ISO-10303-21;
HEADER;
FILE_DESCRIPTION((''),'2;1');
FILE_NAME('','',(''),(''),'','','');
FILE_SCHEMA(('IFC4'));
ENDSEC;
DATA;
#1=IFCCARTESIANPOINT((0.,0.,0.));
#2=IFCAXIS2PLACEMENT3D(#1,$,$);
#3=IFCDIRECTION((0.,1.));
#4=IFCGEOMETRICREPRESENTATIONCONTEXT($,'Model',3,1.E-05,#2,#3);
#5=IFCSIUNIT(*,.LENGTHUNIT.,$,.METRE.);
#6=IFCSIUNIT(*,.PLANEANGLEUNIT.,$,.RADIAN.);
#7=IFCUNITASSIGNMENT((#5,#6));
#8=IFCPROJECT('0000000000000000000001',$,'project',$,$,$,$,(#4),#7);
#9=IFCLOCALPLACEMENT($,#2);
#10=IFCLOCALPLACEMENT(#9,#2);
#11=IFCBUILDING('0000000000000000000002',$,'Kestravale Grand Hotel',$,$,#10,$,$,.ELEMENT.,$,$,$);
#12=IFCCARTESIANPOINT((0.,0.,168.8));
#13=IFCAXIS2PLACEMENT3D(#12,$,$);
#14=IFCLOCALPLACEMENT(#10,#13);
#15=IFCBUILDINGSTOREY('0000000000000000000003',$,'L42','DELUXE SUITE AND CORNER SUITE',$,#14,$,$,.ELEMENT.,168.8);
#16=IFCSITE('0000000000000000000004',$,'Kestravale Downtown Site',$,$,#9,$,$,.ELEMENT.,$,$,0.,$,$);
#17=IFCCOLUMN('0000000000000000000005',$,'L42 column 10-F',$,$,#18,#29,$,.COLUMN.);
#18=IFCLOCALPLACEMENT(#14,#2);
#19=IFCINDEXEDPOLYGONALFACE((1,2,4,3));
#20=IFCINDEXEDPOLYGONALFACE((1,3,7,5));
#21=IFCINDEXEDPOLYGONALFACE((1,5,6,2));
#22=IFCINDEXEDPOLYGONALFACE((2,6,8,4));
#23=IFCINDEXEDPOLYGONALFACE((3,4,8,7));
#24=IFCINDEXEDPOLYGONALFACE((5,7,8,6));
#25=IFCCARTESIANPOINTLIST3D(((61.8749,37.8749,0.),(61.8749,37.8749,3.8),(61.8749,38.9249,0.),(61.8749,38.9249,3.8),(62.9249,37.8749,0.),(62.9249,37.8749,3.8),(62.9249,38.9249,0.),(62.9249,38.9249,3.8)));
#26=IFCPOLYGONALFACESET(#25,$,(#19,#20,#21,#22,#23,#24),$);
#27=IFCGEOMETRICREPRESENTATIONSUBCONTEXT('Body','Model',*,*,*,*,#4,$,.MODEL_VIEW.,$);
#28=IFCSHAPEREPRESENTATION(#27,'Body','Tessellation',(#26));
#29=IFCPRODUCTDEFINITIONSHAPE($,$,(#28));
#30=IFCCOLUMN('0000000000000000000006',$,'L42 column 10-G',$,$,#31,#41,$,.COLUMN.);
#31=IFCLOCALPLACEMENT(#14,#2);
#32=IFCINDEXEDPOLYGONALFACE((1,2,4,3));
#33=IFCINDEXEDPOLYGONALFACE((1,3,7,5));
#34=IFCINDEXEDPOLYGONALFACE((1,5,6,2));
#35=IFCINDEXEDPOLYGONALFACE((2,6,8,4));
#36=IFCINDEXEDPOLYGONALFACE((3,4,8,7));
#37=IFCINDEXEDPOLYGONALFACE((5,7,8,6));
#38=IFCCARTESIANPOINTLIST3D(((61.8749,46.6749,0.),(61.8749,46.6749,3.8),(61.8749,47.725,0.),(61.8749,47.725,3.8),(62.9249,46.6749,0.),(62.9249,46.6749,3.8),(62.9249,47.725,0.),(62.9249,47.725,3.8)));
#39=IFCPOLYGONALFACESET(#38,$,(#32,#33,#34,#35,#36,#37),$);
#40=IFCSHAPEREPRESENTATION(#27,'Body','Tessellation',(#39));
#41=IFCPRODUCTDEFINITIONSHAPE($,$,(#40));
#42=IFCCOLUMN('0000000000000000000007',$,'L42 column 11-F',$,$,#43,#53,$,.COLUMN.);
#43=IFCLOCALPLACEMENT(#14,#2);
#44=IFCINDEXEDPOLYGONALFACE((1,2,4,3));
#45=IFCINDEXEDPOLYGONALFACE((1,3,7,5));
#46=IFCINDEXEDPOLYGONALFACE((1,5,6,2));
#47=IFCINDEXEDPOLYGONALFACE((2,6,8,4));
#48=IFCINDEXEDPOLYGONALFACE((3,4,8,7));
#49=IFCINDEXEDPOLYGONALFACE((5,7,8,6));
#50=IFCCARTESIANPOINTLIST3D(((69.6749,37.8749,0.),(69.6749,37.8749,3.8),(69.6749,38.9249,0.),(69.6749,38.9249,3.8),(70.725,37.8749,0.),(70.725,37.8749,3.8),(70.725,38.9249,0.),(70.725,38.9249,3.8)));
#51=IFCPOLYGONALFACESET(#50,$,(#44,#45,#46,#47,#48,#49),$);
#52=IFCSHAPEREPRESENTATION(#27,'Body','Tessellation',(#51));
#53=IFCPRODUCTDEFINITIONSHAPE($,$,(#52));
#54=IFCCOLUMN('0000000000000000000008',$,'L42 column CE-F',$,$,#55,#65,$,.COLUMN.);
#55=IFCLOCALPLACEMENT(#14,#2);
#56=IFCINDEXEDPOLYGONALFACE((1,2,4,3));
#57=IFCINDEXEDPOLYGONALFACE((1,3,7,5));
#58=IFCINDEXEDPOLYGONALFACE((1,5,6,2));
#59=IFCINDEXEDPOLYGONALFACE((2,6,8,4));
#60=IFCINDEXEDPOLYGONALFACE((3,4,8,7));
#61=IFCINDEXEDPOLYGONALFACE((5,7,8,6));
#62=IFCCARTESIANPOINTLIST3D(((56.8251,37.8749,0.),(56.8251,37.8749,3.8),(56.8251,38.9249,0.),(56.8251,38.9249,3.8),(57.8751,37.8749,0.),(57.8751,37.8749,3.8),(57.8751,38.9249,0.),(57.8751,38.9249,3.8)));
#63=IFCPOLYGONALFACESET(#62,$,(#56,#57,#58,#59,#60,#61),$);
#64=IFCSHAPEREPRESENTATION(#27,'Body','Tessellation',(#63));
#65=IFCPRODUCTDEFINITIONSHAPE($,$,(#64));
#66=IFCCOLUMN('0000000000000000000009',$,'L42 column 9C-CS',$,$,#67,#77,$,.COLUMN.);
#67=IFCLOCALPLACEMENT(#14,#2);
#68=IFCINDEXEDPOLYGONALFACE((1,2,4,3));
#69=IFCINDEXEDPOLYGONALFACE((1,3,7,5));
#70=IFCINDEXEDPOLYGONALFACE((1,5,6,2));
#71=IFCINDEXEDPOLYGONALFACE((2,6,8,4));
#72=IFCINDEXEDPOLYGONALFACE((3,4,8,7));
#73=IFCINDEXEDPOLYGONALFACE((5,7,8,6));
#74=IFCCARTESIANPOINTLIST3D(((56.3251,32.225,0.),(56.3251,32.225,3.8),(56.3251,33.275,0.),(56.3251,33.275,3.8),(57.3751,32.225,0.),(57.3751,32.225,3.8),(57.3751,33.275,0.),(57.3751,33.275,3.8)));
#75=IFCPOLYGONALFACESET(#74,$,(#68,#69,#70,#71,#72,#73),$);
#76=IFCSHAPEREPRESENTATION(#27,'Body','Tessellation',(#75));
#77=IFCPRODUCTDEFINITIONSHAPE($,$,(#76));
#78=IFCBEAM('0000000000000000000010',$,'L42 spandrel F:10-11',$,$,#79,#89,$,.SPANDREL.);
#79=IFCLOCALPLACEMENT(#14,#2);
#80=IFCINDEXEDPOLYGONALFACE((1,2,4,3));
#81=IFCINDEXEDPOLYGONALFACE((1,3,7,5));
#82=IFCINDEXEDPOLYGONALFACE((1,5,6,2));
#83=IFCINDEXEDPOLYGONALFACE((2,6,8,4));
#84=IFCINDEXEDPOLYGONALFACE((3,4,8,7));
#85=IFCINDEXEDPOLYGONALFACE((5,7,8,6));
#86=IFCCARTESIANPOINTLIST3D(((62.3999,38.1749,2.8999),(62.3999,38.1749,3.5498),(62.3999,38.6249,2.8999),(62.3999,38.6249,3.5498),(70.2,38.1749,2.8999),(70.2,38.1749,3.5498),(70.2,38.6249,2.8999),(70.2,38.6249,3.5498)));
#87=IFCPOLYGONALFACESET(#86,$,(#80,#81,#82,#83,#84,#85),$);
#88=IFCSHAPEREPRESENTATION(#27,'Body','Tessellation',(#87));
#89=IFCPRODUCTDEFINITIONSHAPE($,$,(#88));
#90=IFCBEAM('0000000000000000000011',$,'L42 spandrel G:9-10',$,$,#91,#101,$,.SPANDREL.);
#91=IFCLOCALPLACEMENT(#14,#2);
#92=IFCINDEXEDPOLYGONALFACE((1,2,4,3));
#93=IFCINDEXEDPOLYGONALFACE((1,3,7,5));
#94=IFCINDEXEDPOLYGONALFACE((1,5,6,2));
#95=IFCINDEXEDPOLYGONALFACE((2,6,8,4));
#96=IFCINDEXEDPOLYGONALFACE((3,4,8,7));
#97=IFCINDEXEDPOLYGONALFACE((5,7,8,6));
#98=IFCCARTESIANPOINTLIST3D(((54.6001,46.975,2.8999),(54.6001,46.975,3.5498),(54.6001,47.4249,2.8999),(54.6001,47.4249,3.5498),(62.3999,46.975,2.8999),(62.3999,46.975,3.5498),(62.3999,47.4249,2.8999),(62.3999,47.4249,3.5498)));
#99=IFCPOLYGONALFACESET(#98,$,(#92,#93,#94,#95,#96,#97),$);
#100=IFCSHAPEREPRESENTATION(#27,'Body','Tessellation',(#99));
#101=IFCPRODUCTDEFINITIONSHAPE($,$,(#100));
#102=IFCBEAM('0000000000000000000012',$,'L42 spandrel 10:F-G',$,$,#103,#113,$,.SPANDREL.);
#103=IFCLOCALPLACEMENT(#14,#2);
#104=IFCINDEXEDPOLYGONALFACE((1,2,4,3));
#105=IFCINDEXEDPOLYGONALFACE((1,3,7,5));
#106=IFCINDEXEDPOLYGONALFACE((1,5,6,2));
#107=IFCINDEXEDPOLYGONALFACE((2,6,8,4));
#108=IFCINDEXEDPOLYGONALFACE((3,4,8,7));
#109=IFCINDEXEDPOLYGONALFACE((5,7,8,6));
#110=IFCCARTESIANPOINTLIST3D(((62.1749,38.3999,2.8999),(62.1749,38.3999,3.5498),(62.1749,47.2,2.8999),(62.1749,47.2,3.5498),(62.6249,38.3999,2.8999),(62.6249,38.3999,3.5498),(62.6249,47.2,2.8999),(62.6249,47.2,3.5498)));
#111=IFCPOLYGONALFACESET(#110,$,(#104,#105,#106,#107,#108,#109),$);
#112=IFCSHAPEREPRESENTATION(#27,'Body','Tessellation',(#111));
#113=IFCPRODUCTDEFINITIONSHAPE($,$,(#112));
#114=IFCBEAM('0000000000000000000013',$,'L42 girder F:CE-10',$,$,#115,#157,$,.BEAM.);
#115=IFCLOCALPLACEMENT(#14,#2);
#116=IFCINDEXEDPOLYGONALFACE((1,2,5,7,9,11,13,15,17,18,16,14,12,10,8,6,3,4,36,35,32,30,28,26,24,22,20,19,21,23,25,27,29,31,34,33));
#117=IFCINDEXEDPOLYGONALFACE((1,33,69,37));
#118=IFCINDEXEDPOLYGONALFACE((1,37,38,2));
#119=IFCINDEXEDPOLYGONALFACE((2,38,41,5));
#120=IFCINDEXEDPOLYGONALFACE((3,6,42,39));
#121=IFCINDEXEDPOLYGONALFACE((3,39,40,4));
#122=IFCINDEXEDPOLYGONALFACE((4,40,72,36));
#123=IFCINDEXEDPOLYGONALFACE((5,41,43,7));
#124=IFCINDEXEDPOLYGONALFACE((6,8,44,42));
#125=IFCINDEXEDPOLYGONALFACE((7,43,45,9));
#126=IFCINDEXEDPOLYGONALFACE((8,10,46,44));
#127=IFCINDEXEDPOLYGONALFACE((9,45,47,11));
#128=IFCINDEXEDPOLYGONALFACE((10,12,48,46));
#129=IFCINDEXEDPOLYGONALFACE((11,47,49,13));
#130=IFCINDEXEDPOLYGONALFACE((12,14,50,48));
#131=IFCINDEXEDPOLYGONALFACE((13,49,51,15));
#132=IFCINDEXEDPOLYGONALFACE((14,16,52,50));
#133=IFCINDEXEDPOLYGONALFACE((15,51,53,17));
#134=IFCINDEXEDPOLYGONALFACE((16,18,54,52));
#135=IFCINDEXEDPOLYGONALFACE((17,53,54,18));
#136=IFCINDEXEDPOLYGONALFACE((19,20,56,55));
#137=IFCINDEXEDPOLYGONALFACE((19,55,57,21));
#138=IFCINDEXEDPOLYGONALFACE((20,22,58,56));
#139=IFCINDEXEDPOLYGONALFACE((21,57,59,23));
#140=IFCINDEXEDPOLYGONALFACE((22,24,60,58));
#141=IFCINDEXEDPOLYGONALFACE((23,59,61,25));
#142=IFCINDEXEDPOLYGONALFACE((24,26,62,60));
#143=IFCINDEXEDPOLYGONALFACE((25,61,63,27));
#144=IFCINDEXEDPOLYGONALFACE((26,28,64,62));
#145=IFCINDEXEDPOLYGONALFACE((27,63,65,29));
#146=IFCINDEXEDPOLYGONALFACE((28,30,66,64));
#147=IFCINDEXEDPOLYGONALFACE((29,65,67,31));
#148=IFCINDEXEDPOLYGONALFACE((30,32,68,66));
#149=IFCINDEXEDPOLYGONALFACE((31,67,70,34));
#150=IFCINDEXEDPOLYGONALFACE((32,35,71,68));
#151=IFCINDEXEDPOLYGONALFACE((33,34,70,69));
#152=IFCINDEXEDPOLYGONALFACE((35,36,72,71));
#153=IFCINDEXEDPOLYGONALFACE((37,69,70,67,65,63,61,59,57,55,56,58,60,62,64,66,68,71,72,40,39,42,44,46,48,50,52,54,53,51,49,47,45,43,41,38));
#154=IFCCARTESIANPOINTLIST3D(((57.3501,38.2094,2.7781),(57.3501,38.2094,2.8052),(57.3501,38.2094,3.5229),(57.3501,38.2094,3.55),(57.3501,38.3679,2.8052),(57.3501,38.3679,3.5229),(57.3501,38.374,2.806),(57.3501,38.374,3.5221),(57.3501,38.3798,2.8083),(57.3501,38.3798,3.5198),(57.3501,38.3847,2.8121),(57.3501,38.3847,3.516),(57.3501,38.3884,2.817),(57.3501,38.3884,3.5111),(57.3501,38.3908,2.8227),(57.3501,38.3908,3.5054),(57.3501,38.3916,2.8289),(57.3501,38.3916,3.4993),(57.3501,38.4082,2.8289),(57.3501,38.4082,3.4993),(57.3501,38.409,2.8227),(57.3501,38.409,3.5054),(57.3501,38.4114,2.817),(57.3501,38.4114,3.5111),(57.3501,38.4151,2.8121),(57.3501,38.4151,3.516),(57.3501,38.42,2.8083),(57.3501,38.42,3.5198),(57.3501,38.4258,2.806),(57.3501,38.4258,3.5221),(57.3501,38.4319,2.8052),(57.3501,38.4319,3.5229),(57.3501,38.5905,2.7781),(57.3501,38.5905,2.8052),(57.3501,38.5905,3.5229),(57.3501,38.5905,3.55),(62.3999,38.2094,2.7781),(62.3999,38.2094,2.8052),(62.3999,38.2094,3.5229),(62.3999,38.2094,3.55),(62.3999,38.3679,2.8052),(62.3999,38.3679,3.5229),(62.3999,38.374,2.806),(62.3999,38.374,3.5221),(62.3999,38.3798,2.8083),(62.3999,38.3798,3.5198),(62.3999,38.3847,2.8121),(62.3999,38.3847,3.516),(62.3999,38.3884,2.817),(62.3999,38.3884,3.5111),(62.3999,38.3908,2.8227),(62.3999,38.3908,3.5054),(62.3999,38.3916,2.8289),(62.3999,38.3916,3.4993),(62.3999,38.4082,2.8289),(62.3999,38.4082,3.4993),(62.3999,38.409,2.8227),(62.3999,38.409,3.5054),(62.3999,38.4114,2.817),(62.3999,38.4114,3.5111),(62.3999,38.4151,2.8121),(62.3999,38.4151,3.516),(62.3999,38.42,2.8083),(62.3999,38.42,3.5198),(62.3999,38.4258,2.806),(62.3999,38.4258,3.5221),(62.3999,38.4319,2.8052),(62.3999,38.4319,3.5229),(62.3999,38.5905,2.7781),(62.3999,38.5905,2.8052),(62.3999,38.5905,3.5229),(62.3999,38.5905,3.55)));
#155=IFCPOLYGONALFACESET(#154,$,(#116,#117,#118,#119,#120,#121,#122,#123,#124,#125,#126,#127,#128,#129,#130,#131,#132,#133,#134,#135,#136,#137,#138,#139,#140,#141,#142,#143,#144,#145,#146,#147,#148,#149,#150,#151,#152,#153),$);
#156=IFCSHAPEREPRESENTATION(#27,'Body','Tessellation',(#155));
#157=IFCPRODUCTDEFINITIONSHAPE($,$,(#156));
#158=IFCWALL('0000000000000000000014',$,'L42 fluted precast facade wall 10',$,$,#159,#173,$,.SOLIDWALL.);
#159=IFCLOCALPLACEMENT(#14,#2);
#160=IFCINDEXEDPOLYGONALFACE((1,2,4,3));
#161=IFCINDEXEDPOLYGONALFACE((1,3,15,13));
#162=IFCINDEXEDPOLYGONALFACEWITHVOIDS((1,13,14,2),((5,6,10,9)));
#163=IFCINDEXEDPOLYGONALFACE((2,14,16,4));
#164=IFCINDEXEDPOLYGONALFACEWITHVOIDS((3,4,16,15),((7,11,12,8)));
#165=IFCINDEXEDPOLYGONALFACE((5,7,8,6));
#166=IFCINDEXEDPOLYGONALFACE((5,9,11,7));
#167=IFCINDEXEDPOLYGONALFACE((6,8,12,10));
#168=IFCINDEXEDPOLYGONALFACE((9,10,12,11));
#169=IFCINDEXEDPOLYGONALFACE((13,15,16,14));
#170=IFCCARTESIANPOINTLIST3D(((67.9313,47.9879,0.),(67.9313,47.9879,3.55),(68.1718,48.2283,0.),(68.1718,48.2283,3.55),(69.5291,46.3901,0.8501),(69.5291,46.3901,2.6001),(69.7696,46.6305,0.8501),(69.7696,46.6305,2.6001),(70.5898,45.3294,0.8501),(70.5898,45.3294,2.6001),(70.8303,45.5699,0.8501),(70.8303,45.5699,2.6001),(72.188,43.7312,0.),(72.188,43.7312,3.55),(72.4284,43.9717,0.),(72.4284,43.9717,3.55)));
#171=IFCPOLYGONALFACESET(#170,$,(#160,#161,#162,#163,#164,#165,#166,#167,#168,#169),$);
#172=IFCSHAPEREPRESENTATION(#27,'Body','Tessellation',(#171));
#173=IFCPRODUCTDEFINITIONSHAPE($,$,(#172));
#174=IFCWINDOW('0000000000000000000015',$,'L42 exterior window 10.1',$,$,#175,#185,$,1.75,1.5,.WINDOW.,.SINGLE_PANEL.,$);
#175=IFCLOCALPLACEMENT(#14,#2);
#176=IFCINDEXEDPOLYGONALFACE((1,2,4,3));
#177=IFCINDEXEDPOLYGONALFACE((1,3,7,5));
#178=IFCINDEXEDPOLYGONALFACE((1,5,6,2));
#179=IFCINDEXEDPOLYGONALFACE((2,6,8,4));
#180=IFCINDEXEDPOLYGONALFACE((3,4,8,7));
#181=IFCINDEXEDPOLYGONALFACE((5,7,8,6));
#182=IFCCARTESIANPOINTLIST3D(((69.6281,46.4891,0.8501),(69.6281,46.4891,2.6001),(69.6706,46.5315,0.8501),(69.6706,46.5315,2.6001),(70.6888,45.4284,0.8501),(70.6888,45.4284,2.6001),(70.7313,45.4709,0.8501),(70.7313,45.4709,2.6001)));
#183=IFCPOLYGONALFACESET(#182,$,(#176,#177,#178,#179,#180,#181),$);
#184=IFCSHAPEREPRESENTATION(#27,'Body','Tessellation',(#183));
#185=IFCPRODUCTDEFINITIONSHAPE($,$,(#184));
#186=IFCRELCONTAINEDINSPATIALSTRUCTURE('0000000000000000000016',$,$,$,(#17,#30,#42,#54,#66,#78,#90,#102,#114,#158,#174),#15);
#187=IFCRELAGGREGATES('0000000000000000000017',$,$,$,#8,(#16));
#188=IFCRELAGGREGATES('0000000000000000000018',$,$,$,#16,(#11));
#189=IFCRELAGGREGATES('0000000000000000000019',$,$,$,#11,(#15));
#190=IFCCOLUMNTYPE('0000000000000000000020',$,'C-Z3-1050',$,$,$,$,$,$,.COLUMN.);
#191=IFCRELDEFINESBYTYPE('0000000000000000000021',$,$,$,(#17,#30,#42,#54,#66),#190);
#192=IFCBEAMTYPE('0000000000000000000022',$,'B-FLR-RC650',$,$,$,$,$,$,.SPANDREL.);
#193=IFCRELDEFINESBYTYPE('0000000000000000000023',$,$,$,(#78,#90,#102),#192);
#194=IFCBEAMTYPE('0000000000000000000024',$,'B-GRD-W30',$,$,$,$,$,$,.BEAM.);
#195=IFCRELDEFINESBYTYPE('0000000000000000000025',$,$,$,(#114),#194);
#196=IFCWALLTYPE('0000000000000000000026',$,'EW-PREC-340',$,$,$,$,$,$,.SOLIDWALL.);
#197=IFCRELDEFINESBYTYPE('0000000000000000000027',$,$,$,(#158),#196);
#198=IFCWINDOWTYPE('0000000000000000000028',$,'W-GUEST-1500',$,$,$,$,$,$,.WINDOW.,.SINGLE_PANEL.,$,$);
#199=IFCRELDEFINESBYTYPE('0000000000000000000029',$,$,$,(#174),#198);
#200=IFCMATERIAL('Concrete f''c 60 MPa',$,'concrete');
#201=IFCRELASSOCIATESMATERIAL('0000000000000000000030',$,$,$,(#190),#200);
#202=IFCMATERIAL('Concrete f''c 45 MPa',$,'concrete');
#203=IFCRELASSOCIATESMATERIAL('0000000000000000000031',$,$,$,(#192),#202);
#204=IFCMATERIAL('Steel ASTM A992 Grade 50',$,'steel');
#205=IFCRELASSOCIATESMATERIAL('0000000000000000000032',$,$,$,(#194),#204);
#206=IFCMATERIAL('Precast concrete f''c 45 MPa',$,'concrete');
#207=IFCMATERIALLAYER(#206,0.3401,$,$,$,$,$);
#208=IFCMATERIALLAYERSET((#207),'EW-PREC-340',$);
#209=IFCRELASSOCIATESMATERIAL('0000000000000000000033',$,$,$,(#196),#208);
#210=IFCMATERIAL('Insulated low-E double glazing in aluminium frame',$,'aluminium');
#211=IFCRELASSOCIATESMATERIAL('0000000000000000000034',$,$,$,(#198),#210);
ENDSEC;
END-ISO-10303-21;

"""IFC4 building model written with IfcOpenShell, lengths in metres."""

from ifc_helpers import new_model, si_unit, direction, frame, frame_2d, origin, origin_2d, place, context, subcontext, project, spatial, rectangle, i_section, extrude, material, layer, layer_set, material_profile, profile_set, type_object, element, fill, save


model = new_model("IFC4")

# Units and contexts
model_context = context("Model", 3, precision=1e-05, world=origin(), true_north=direction((0.0, 1.0)))
body_context = subcontext(model_context, "Body", "Model", "MODEL_VIEW")
ifc_project = project(units=[si_unit("LENGTHUNIT", "METRE"), si_unit("PLANEANGLEUNIT", "RADIAN")], contexts=[model_context])

# Site, building, storey
site_placement = place(None, origin())
site = spatial("IfcSite", under=ifc_project, at=site_placement, Name="Kestravale Downtown Site", CompositionType="ELEMENT", RefElevation=0.0)
building_placement = place(site_placement, origin())
building = spatial("IfcBuilding", under=site, at=building_placement, Name="Kestravale Grand Hotel", CompositionType="ELEMENT")
storey_placement = place(building_placement, frame((0.0, 0.0, 168.8)))
storey = spatial("IfcBuildingStorey", under=building, at=storey_placement, Name="L42", Description="DELUXE SUITE AND CORNER SUITE", CompositionType="ELEMENT", Elevation=168.8)

# Columns
ifc_material_1 = material(Name="Concrete f'c 60 MPa", Category="concrete")
ifc_material_profile_1 = material_profile(ifc_material_1, rectangle(XDim=1.05, YDim=1.05, at=origin_2d()))
ifc_profile_set_1 = profile_set([ifc_material_profile_1], Name="Concrete f'c 60 MPa")
column_type = type_object("IfcColumnType", Name="C-Z3-1050", PredefinedType="COLUMN", material=ifc_profile_set_1)
for number, where, z_axis, x_axis, name in (
    (1, (62.3999, 38.3999, 0.0), (0.0, 0.0, 1.0), (1.0, 0.0, 0.0), "L42 column 10-F"),
    (2, (62.3999, 47.2, 0.0), (0.0, 0.0, 1.0), (1.0, 0.0, 0.0), "L42 column 10-G"),
    (3, (70.2, 38.3999, 0.0), (0.0, 0.0, 1.0), (1.0, 0.0, 0.0), "L42 column 11-F"),
    (4, (57.3501, 38.3999, 0.0), (0.0, 0.0, 1.0), (1.0, 0.0, 0.0), "L42 column CE-F"),
    (5, (56.8501, 32.75, 0.0), (0.0, 0.0, 1.0), (1.0, 0.0, 0.0), "L42 column 9C-CS"),
):
    element("IfcColumn", number, at=place(storey_placement, frame(where, z_axis=z_axis, x_axis=x_axis)), inside=storey, type_object=column_type, Name=name, PredefinedType="COLUMN", context=body_context, shape_type="SweptSolid", body=[
        extrude(rectangle(XDim=1.05, YDim=1.05, at=origin_2d()), origin(), (0.0, 0.0, 1.0), 3.8),
    ])

# Beams
ifc_material_2 = material(Name="Concrete f'c 45 MPa", Category="concrete")
ifc_material_profile_2 = material_profile(ifc_material_2, rectangle(XDim=0.45, YDim=0.6499, at=origin_2d()))
ifc_profile_set_2 = profile_set([ifc_material_profile_2], Name="Concrete f'c 45 MPa")
beam_type_1 = type_object("IfcBeamType", Name="B-FLR-RC650", PredefinedType="SPANDREL", material=ifc_profile_set_2)
beam_1_placement = place(storey_placement, frame((62.3999, 38.3999, 3.2249), z_axis=(1.0, 0.0, 0.0), x_axis=(0.0, 1.0, 0.0)))
element("IfcBeam", 6, at=beam_1_placement, inside=storey, type_object=beam_type_1, Name="L42 spandrel F:10-11", PredefinedType="SPANDREL", context=body_context, shape_type="SweptSolid", body=[
    extrude(rectangle(XDim=0.45, YDim=0.6499, at=origin_2d()), origin(), (0.0, 0.0, 1.0), 7.8),
])
beam_2_placement = place(storey_placement, frame((54.6001, 47.2, 3.2249), z_axis=(1.0, 0.0, 0.0), x_axis=(0.0, 1.0, 0.0)))
element("IfcBeam", 7, at=beam_2_placement, inside=storey, type_object=beam_type_1, Name="L42 spandrel G:9-10", PredefinedType="SPANDREL", context=body_context, shape_type="SweptSolid", body=[
    extrude(rectangle(XDim=0.45, YDim=0.6499, at=origin_2d()), origin(), (0.0, 0.0, 1.0), 7.7998),
])
beam_3_placement = place(storey_placement, frame((62.3999, 38.3999, 3.2249), z_axis=(0.0, 1.0, 0.0), x_axis=(-1.0, 0.0, 0.0)))
element("IfcBeam", 8, at=beam_3_placement, inside=storey, type_object=beam_type_1, Name="L42 spandrel 10:F-G", PredefinedType="SPANDREL", context=body_context, shape_type="SweptSolid", body=[
    extrude(rectangle(XDim=0.45, YDim=0.6499, at=origin_2d()), origin(), (0.0, 0.0, 1.0), 8.8),
])
ifc_material_3 = material(Name="Steel ASTM A992 Grade 50", Category="steel")
ifc_material_profile_3 = material_profile(ifc_material_3, i_section(OverallWidth=0.3811, OverallDepth=0.772, WebThickness=0.0166, FlangeThickness=0.0271, FilletRadius=0.0237, at=origin_2d()))
ifc_profile_set_3 = profile_set([ifc_material_profile_3], Name="Steel ASTM A992 Grade 50")
beam_type_2 = type_object("IfcBeamType", Name="B-GRD-W30", PredefinedType="BEAM", material=ifc_profile_set_3)
beam_4_placement = place(storey_placement, frame((57.3501, 38.3999, 3.1641), z_axis=(1.0, 0.0, 0.0), x_axis=(0.0, 1.0, 0.0)))
element("IfcBeam", 9, at=beam_4_placement, inside=storey, type_object=beam_type_2, Name="L42 girder F:CE-10", PredefinedType="BEAM", context=body_context, shape_type="SweptSolid", body=[
    extrude(i_section(OverallWidth=0.3811, OverallDepth=0.772, WebThickness=0.0166, FlangeThickness=0.0271, FilletRadius=0.0237, at=origin_2d()), origin(), (0.0, 0.0, 1.0), 5.0498),
])

# Wall, opening, window
ifc_material_4 = material(Name="Precast concrete f'c 45 MPa", Category="concrete")
ifc_layer_1 = layer(ifc_material_4, 0.3401)
ifc_layer_set_1 = layer_set([ifc_layer_1], Name="EW-PREC-340")
wall_type_1 = type_object("IfcWallType", Name="EW-PREC-340", PredefinedType="SOLIDWALL", material=ifc_layer_set_1)
wall_1_placement = place(storey_placement, frame((72.3081, 43.8516, 0.0), z_axis=(0.0, 0.0, 1.0), x_axis=(-0.707107, 0.707107, 0.0)))
wall_1 = element("IfcWall", 10, at=wall_1_placement, inside=storey, type_object=wall_type_1, Name="L42 fluted precast facade wall 10", PredefinedType="SOLIDWALL", context=body_context, shape_type="SweptSolid", body=[
    extrude(rectangle(XDim=6.0198, YDim=0.3401, at=frame_2d((3.0098, 0.0))), origin(), (0.0, 0.0, 1.0), 3.55),
])
opening_1_placement = place(wall_1_placement, frame((2.26, 0.0, 0.8501)))
opening_1 = element("IfcOpeningElement", 11, at=opening_1_placement, cuts=wall_1, PredefinedType="OPENING", context=body_context, shape_type="SweptSolid", body=[
    extrude(rectangle(XDim=1.5, YDim=1.75, at=frame_2d((0.75, 0.875))), frame((0.0, 0.1799, 0.0), z_axis=(0.0, -1.0, 0.0), x_axis=(1.0, 0.0, 0.0)), (0.0, 0.0, 1.0), 0.3601),
])
ifc_material_5 = material(Name="Insulated low-E double glazing in aluminium frame", Category="aluminium")
window_type = type_object("IfcWindowType", Name="W-GUEST-1500", PartitioningType="SINGLE_PANEL", PredefinedType="WINDOW", material=ifc_material_5)
window_1_placement = place(opening_1_placement, origin())
window_1 = element("IfcWindow", 12, at=window_1_placement, inside=storey, type_object=window_type, Name="L42 exterior window 10.1", OverallHeight=1.75, OverallWidth=1.5, PartitioningType="SINGLE_PANEL", PredefinedType="WINDOW", context=body_context, shape_type="SweptSolid", body=[
    extrude(rectangle(XDim=1.5, YDim=1.75, at=frame_2d((0.75, 0.875))), frame((0.0, 0.03, 0.0), z_axis=(0.0, -1.0, 0.0), x_axis=(1.0, 0.0, 0.0)), (0.0, 0.0, 1.0), 0.0601),
])
fill(opening_1, window_1)

save(model, "model.ifc")
